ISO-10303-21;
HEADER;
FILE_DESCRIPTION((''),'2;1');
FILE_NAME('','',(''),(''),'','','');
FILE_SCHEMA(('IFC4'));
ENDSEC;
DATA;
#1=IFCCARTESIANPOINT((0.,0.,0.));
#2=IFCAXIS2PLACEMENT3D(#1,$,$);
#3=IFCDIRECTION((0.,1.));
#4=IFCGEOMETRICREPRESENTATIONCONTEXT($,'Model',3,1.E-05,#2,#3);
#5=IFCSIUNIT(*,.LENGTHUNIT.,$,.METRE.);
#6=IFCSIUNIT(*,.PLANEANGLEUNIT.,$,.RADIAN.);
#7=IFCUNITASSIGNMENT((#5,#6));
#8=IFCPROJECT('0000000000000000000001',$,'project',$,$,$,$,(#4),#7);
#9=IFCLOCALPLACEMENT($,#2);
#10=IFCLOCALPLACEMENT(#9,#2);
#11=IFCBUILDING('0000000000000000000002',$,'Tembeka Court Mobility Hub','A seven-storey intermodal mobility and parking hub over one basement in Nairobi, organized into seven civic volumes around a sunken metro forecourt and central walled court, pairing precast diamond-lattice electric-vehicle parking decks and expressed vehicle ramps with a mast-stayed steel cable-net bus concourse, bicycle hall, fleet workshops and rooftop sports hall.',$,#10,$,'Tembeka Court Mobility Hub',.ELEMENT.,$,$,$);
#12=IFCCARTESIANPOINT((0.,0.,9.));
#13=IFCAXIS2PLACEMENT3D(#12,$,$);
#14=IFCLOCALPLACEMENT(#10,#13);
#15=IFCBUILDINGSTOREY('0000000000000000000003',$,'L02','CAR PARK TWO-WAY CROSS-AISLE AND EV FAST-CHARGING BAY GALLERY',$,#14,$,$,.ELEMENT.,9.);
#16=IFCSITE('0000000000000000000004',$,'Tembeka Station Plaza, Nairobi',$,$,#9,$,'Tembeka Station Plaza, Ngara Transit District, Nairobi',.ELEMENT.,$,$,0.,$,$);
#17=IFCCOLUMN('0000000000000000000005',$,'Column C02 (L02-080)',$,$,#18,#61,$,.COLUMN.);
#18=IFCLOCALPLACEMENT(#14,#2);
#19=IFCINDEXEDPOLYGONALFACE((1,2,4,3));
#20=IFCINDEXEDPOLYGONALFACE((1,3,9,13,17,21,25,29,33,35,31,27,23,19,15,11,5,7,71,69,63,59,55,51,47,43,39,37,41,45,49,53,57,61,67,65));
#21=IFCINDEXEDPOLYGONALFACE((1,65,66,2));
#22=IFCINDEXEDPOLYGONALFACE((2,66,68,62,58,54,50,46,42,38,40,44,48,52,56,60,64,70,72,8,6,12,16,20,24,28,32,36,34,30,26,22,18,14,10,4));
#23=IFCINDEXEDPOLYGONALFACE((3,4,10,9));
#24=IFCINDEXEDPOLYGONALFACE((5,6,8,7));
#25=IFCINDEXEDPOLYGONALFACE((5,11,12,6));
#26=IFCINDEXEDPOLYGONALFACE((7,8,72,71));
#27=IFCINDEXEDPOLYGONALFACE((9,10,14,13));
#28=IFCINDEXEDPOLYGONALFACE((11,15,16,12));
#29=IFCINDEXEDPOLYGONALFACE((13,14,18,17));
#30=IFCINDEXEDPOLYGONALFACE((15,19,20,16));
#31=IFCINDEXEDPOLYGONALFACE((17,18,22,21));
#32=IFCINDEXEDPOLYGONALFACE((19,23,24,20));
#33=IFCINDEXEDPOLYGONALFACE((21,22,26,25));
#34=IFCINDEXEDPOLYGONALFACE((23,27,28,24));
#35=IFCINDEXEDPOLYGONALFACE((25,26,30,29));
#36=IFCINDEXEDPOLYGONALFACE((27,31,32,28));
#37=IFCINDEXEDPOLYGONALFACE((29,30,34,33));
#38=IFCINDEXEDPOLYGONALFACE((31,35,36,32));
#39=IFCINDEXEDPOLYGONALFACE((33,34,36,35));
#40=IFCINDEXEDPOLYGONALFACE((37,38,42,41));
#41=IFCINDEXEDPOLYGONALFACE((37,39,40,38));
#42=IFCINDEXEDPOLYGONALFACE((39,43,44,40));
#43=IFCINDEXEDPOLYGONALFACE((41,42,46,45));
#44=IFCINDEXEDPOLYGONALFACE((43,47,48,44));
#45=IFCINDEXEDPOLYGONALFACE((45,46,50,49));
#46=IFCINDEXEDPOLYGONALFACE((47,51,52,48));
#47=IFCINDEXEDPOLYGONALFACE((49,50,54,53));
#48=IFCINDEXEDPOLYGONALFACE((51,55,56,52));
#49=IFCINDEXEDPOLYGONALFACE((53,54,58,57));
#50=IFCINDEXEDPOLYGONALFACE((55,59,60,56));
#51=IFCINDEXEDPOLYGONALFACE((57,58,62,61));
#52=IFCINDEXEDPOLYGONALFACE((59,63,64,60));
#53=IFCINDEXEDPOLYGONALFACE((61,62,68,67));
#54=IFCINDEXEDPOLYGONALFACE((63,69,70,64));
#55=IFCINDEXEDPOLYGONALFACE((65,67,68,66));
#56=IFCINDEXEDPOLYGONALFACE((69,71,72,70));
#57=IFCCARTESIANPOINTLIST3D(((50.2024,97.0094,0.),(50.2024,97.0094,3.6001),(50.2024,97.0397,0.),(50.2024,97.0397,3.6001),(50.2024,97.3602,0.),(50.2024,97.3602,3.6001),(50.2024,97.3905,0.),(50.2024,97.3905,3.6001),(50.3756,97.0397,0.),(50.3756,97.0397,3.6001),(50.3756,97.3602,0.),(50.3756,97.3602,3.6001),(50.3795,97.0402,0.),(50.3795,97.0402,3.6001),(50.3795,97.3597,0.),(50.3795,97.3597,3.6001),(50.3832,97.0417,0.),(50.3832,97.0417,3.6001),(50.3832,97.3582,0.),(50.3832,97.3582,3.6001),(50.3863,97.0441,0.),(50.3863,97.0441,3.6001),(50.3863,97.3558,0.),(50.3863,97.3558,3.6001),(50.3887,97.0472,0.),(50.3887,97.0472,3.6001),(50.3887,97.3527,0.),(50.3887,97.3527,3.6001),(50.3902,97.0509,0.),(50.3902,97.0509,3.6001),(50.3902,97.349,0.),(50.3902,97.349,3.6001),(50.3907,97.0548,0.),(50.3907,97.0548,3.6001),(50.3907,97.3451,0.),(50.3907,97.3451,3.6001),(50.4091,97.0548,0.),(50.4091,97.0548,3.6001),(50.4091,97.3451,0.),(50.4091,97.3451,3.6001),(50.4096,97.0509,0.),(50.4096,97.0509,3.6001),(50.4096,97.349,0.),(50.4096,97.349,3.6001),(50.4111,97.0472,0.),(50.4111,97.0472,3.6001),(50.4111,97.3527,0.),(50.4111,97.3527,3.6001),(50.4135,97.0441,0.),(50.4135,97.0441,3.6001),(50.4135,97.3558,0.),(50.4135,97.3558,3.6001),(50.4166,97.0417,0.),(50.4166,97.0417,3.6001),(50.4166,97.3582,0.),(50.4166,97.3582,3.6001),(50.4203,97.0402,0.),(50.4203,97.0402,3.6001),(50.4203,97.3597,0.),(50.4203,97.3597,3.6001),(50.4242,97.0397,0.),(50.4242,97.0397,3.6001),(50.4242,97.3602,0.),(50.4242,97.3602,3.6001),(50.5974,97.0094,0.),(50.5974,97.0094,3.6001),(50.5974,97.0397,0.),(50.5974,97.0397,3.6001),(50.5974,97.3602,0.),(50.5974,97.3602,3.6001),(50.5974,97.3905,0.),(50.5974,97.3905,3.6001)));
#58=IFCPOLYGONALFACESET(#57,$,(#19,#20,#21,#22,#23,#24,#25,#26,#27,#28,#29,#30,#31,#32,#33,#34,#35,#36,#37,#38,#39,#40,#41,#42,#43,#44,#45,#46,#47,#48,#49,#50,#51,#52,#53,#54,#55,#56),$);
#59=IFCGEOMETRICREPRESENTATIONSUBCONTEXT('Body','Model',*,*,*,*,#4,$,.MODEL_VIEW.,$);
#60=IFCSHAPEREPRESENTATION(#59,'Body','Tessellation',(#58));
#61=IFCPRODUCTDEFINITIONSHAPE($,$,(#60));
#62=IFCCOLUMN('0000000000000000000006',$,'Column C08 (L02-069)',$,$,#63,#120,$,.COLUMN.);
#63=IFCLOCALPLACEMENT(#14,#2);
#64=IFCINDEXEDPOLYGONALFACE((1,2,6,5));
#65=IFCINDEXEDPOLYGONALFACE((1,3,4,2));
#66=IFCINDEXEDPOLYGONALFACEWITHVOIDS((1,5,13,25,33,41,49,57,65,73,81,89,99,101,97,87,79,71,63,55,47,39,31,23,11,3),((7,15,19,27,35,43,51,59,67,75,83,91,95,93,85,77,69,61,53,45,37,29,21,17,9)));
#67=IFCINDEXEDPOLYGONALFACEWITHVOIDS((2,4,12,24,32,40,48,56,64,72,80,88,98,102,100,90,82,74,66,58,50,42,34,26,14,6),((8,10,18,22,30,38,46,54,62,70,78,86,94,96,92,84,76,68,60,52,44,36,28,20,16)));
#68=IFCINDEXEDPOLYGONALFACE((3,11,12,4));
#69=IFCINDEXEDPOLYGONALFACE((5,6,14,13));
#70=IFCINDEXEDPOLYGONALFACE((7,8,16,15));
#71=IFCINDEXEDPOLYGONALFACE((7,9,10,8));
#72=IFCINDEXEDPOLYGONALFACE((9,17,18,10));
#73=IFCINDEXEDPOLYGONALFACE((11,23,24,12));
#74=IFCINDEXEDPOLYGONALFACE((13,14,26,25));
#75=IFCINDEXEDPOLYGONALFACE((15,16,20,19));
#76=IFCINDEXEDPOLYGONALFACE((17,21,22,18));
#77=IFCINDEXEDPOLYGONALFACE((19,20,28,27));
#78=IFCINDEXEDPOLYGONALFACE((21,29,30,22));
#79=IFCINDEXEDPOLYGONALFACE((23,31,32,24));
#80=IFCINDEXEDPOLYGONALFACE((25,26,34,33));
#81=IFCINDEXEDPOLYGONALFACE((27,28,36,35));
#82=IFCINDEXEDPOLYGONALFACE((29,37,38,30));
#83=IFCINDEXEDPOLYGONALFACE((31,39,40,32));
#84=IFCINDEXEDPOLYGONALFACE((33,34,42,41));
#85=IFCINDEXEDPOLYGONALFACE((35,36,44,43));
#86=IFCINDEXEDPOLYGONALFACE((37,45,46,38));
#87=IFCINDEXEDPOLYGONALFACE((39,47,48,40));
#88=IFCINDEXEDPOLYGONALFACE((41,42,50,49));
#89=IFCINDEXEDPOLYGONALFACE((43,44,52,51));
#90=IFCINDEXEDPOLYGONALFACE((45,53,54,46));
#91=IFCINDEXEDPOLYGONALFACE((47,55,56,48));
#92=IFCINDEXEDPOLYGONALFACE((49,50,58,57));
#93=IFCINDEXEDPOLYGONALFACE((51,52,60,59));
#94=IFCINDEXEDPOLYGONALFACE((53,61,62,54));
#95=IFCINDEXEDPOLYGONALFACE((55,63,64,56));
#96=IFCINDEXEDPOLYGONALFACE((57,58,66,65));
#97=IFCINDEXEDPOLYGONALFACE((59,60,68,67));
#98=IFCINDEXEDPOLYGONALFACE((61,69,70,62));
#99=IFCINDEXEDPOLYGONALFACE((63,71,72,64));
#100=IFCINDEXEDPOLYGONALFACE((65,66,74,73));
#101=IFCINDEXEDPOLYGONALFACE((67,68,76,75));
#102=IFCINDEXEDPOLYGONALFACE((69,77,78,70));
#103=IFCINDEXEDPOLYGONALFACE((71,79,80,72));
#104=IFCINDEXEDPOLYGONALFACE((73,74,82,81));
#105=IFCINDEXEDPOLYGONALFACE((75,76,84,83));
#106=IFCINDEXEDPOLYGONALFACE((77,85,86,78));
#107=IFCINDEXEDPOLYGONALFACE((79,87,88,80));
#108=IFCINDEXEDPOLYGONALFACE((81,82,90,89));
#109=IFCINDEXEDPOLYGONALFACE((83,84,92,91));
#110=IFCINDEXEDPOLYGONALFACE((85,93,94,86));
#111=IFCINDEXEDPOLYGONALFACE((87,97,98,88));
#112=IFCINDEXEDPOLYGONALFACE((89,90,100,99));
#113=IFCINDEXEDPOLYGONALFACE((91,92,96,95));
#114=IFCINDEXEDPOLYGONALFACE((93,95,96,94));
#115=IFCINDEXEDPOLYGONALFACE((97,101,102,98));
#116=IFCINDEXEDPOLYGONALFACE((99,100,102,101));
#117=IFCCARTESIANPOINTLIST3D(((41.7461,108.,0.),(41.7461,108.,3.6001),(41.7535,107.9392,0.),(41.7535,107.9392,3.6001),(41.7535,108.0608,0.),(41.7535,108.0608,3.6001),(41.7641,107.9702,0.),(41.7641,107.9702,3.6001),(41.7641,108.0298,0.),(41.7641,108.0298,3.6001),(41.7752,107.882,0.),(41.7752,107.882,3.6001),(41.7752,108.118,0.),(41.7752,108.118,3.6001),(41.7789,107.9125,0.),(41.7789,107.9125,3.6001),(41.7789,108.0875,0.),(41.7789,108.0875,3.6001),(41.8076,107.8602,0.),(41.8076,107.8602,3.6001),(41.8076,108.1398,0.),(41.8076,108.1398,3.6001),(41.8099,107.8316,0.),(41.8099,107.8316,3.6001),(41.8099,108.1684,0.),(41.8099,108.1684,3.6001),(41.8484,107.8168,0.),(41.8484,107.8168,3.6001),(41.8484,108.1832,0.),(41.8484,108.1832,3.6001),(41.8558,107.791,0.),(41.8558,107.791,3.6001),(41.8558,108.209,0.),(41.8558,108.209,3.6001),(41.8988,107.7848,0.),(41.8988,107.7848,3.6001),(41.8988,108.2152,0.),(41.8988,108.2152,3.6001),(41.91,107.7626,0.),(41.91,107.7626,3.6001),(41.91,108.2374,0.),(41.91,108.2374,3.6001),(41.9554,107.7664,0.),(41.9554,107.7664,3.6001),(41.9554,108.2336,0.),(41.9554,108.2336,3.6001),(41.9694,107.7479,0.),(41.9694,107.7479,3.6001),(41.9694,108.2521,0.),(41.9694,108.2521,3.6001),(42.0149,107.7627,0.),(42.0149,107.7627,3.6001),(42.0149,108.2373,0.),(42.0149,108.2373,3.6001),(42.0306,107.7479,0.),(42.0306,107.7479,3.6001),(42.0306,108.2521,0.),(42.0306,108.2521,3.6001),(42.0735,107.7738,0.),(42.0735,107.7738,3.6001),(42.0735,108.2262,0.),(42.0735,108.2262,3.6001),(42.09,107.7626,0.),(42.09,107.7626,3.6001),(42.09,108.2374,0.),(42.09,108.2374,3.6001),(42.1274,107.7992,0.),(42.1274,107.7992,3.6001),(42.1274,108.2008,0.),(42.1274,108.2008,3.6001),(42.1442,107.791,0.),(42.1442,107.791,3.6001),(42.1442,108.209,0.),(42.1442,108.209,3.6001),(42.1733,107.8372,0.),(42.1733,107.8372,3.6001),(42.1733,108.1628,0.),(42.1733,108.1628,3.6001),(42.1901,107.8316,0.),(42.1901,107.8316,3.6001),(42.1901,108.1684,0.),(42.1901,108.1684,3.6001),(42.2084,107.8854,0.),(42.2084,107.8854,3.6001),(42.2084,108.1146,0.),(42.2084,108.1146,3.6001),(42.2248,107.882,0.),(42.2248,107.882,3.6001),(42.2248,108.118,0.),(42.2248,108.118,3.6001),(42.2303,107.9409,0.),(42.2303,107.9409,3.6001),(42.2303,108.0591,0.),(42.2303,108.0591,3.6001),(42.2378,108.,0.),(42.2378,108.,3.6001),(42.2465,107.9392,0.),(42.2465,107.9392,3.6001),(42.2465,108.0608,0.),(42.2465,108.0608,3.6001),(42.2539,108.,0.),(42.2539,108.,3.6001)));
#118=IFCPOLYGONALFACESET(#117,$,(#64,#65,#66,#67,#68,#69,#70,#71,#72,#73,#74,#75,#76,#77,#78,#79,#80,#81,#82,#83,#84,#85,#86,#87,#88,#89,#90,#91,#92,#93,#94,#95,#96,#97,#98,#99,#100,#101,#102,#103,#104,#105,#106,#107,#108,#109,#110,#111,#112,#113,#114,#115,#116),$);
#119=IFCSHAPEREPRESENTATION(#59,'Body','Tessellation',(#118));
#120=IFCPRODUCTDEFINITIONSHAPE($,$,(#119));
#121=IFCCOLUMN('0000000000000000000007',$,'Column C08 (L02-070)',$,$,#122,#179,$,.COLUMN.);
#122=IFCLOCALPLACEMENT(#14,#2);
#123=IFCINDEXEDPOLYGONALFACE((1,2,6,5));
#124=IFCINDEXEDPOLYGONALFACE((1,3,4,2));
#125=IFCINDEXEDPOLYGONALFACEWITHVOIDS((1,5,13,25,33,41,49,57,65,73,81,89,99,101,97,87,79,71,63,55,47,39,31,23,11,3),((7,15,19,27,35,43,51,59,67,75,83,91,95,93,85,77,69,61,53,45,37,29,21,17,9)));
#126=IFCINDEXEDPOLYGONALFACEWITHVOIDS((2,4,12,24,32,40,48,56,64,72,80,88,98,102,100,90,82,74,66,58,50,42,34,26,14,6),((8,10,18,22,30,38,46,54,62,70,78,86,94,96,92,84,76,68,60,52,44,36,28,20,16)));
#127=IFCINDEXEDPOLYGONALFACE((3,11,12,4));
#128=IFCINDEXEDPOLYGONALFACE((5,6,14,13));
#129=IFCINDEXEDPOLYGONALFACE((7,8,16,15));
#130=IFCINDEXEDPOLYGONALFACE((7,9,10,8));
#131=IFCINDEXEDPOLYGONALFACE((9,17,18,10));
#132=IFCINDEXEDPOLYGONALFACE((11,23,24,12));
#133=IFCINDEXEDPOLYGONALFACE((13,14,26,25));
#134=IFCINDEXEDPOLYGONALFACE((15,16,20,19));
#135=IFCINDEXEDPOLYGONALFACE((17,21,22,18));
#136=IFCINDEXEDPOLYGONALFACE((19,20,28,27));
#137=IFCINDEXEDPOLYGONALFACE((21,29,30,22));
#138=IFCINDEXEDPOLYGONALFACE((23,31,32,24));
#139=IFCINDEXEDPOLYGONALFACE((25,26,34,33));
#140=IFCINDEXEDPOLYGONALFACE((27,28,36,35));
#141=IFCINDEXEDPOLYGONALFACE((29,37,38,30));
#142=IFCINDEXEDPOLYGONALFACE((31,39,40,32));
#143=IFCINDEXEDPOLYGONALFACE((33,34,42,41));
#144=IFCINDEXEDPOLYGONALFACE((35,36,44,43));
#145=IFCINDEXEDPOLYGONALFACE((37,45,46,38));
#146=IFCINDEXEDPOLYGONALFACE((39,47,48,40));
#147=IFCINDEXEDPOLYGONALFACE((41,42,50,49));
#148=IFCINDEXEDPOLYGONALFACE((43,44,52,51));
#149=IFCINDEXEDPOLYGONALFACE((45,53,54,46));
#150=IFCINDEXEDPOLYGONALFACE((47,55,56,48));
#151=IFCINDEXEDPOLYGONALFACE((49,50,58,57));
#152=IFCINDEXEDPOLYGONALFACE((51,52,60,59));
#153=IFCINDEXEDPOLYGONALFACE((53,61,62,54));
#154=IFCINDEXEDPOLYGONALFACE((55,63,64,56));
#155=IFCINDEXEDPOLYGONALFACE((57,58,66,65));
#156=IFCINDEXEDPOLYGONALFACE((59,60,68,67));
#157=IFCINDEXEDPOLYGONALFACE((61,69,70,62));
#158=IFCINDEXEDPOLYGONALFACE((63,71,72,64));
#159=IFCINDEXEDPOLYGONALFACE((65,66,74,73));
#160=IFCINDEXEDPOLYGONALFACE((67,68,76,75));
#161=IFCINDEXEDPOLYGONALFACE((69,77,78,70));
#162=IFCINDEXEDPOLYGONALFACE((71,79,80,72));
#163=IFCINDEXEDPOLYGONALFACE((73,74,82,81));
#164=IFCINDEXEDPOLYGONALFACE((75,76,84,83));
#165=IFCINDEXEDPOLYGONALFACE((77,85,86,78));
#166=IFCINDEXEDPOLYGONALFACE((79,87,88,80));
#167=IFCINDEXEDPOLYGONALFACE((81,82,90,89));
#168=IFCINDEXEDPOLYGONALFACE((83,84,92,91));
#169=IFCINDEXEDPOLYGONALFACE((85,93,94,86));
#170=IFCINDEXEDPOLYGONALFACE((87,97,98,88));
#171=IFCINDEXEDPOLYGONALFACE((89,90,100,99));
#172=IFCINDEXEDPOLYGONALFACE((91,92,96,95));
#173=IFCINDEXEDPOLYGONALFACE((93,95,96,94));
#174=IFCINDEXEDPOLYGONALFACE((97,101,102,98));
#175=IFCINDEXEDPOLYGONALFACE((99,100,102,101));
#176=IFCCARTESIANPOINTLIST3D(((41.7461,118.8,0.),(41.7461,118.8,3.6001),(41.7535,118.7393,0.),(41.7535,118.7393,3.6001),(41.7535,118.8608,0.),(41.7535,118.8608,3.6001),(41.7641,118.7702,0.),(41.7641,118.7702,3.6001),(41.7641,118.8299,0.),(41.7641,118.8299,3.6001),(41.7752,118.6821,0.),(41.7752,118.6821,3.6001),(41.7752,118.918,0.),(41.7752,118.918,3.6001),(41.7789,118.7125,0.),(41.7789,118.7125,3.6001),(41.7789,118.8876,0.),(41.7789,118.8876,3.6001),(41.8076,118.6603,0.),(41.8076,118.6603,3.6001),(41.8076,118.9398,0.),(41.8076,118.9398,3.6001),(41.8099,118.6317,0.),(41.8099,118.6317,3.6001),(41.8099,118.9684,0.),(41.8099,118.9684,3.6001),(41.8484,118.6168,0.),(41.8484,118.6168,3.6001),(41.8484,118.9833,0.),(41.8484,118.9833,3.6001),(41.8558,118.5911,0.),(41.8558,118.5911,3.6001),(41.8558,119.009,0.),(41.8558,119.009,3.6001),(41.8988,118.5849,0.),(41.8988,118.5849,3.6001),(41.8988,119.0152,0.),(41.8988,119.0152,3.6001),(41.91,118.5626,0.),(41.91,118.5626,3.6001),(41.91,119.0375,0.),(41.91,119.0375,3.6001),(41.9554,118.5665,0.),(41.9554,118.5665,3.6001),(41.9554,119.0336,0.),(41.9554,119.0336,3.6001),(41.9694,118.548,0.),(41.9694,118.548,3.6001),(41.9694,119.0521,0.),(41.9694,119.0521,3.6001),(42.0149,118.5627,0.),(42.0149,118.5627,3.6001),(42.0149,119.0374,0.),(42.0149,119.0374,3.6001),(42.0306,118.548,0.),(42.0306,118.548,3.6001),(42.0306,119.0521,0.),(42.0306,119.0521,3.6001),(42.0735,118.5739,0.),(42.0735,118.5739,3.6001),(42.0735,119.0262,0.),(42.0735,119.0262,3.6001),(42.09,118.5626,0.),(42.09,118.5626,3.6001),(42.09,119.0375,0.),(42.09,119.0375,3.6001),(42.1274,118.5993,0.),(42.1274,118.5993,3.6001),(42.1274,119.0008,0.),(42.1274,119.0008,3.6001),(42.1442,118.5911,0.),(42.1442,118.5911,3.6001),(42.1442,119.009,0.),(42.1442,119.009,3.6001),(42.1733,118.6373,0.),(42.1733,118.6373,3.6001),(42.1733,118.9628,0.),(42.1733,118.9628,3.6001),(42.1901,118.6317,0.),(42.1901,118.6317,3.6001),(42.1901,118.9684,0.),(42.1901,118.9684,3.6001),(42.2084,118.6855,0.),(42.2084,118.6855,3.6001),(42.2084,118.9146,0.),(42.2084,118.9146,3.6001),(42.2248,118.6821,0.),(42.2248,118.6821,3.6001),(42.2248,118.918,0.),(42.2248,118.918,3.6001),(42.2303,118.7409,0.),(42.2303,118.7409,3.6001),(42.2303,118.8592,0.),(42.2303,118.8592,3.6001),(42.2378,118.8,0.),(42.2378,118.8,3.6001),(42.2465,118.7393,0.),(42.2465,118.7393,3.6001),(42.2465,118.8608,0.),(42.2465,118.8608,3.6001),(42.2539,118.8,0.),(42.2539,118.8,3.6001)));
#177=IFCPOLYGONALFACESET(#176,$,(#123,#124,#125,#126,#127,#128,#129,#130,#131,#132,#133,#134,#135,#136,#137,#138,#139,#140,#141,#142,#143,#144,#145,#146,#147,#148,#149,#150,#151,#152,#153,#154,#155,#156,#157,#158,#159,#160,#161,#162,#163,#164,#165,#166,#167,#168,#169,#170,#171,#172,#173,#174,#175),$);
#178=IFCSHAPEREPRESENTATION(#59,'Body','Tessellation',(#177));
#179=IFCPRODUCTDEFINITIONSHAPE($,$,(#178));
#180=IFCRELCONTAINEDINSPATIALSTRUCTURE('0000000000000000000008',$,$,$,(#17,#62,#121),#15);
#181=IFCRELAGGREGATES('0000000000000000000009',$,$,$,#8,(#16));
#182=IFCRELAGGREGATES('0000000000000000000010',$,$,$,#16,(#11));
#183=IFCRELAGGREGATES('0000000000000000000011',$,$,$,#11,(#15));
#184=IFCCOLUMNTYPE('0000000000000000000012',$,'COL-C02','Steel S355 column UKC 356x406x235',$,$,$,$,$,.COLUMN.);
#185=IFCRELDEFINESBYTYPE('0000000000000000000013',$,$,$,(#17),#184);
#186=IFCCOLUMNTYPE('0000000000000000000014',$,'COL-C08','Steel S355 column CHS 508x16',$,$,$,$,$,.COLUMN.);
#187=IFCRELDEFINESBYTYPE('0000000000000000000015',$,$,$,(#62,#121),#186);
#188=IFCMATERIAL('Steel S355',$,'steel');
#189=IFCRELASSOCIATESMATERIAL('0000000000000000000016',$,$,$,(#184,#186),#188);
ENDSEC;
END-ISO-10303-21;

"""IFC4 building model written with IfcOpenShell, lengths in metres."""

from ifc_helpers import new_model, si_unit, direction, frame, origin, origin_2d, place, context, subcontext, project, spatial, hollow_circle, i_section, extrude, material, material_profile, profile_set, type_object, element, save


model = new_model("IFC4")

# Units and contexts
model_context = context("Model", 3, precision=1e-05, world=origin(), true_north=direction((0.0, 1.0)))
body_context = subcontext(model_context, "Body", "Model", "MODEL_VIEW")
ifc_project = project(units=[si_unit("LENGTHUNIT", "METRE"), si_unit("PLANEANGLEUNIT", "RADIAN")], contexts=[model_context])

# Site, building, storey
site_placement = place(None, origin())
site = spatial("IfcSite", under=ifc_project, at=site_placement, Name="Tembeka Station Plaza, Nairobi", LongName="Tembeka Station Plaza, Ngara Transit District, Nairobi", CompositionType="ELEMENT", RefElevation=0.0)
building_placement = place(site_placement, origin())
building = spatial("IfcBuilding", under=site, at=building_placement, Name="Tembeka Court Mobility Hub", Description="A seven-storey intermodal mobility and parking hub over one basement in Nairobi, organized into seven civic volumes around a sunken metro forecourt and central walled court, pairing precast diamond-lattice electric-vehicle parking decks and expressed vehicle ramps with a mast-stayed steel cable-net bus concourse, bicycle hall, fleet workshops and rooftop sports hall.", LongName="Tembeka Court Mobility Hub", CompositionType="ELEMENT")
storey_placement = place(building_placement, frame((0.0, 0.0, 9.0)))
storey = spatial("IfcBuildingStorey", under=building, at=storey_placement, Name="L02", Description="CAR PARK TWO-WAY CROSS-AISLE AND EV FAST-CHARGING BAY GALLERY", CompositionType="ELEMENT", Elevation=9.0)

# Columns
ifc_material_1 = material(Name="Steel S355", Category="steel")
ifc_material_profile_1 = material_profile(ifc_material_1, i_section(OverallWidth=0.395, OverallDepth=0.3811, WebThickness=0.0183, FlangeThickness=0.0303, FilletRadius=0.0151, at=origin_2d()), Name="UKC 356x406x235")
ifc_profile_set_1 = profile_set([ifc_material_profile_1], Name="Steel S355")
column_type_1 = type_object("IfcColumnType", Name="COL-C02", Description="Steel S355 column UKC 356x406x235", PredefinedType="COLUMN", material=ifc_profile_set_1)
column_placement = place(storey_placement, frame((50.3999, 97.2, 0.0), z_axis=(0.0, 0.0, 1.0), x_axis=(1.0, 0.0, 0.0)))
element("IfcColumn", 1, at=column_placement, inside=storey, type_object=column_type_1, Name="Column C02 (L02-080)", PredefinedType="COLUMN", context=body_context, shape_type="SweptSolid", body=[
    extrude(i_section(OverallWidth=0.395, OverallDepth=0.3811, WebThickness=0.0183, FlangeThickness=0.0303, FilletRadius=0.0151, at=origin_2d()), origin(), (0.0, 0.0, 1.0), 3.6001),
])
ifc_material_profile_2 = material_profile(ifc_material_1, hollow_circle(Radius=0.2539, WallThickness=0.0161, at=origin_2d()), Name="CHS 508x16")
ifc_profile_set_2 = profile_set([ifc_material_profile_2], Name="Steel S355")
column_type_2 = type_object("IfcColumnType", Name="COL-C08", Description="Steel S355 column CHS 508x16", PredefinedType="COLUMN", material=ifc_profile_set_2)
for number, where, z_axis, x_axis, name in (
    (2, (42.0, 108.0, 0.0), (0.0, 0.0, 1.0), (1.0, 0.0, 0.0), "Column C08 (L02-069)"),
    (3, (42.0, 118.8, 0.0), (0.0, 0.0, 1.0), (1.0, 0.0, 0.0), "Column C08 (L02-070)"),
):
    element("IfcColumn", number, at=place(storey_placement, frame(where, z_axis=z_axis, x_axis=x_axis)), inside=storey, type_object=column_type_2, Name=name, PredefinedType="COLUMN", context=body_context, shape_type="SweptSolid", body=[
        extrude(hollow_circle(Radius=0.2539, WallThickness=0.0161, at=origin_2d()), origin(), (0.0, 0.0, 1.0), 3.6001),
    ])

save(model, "model.ifc")
